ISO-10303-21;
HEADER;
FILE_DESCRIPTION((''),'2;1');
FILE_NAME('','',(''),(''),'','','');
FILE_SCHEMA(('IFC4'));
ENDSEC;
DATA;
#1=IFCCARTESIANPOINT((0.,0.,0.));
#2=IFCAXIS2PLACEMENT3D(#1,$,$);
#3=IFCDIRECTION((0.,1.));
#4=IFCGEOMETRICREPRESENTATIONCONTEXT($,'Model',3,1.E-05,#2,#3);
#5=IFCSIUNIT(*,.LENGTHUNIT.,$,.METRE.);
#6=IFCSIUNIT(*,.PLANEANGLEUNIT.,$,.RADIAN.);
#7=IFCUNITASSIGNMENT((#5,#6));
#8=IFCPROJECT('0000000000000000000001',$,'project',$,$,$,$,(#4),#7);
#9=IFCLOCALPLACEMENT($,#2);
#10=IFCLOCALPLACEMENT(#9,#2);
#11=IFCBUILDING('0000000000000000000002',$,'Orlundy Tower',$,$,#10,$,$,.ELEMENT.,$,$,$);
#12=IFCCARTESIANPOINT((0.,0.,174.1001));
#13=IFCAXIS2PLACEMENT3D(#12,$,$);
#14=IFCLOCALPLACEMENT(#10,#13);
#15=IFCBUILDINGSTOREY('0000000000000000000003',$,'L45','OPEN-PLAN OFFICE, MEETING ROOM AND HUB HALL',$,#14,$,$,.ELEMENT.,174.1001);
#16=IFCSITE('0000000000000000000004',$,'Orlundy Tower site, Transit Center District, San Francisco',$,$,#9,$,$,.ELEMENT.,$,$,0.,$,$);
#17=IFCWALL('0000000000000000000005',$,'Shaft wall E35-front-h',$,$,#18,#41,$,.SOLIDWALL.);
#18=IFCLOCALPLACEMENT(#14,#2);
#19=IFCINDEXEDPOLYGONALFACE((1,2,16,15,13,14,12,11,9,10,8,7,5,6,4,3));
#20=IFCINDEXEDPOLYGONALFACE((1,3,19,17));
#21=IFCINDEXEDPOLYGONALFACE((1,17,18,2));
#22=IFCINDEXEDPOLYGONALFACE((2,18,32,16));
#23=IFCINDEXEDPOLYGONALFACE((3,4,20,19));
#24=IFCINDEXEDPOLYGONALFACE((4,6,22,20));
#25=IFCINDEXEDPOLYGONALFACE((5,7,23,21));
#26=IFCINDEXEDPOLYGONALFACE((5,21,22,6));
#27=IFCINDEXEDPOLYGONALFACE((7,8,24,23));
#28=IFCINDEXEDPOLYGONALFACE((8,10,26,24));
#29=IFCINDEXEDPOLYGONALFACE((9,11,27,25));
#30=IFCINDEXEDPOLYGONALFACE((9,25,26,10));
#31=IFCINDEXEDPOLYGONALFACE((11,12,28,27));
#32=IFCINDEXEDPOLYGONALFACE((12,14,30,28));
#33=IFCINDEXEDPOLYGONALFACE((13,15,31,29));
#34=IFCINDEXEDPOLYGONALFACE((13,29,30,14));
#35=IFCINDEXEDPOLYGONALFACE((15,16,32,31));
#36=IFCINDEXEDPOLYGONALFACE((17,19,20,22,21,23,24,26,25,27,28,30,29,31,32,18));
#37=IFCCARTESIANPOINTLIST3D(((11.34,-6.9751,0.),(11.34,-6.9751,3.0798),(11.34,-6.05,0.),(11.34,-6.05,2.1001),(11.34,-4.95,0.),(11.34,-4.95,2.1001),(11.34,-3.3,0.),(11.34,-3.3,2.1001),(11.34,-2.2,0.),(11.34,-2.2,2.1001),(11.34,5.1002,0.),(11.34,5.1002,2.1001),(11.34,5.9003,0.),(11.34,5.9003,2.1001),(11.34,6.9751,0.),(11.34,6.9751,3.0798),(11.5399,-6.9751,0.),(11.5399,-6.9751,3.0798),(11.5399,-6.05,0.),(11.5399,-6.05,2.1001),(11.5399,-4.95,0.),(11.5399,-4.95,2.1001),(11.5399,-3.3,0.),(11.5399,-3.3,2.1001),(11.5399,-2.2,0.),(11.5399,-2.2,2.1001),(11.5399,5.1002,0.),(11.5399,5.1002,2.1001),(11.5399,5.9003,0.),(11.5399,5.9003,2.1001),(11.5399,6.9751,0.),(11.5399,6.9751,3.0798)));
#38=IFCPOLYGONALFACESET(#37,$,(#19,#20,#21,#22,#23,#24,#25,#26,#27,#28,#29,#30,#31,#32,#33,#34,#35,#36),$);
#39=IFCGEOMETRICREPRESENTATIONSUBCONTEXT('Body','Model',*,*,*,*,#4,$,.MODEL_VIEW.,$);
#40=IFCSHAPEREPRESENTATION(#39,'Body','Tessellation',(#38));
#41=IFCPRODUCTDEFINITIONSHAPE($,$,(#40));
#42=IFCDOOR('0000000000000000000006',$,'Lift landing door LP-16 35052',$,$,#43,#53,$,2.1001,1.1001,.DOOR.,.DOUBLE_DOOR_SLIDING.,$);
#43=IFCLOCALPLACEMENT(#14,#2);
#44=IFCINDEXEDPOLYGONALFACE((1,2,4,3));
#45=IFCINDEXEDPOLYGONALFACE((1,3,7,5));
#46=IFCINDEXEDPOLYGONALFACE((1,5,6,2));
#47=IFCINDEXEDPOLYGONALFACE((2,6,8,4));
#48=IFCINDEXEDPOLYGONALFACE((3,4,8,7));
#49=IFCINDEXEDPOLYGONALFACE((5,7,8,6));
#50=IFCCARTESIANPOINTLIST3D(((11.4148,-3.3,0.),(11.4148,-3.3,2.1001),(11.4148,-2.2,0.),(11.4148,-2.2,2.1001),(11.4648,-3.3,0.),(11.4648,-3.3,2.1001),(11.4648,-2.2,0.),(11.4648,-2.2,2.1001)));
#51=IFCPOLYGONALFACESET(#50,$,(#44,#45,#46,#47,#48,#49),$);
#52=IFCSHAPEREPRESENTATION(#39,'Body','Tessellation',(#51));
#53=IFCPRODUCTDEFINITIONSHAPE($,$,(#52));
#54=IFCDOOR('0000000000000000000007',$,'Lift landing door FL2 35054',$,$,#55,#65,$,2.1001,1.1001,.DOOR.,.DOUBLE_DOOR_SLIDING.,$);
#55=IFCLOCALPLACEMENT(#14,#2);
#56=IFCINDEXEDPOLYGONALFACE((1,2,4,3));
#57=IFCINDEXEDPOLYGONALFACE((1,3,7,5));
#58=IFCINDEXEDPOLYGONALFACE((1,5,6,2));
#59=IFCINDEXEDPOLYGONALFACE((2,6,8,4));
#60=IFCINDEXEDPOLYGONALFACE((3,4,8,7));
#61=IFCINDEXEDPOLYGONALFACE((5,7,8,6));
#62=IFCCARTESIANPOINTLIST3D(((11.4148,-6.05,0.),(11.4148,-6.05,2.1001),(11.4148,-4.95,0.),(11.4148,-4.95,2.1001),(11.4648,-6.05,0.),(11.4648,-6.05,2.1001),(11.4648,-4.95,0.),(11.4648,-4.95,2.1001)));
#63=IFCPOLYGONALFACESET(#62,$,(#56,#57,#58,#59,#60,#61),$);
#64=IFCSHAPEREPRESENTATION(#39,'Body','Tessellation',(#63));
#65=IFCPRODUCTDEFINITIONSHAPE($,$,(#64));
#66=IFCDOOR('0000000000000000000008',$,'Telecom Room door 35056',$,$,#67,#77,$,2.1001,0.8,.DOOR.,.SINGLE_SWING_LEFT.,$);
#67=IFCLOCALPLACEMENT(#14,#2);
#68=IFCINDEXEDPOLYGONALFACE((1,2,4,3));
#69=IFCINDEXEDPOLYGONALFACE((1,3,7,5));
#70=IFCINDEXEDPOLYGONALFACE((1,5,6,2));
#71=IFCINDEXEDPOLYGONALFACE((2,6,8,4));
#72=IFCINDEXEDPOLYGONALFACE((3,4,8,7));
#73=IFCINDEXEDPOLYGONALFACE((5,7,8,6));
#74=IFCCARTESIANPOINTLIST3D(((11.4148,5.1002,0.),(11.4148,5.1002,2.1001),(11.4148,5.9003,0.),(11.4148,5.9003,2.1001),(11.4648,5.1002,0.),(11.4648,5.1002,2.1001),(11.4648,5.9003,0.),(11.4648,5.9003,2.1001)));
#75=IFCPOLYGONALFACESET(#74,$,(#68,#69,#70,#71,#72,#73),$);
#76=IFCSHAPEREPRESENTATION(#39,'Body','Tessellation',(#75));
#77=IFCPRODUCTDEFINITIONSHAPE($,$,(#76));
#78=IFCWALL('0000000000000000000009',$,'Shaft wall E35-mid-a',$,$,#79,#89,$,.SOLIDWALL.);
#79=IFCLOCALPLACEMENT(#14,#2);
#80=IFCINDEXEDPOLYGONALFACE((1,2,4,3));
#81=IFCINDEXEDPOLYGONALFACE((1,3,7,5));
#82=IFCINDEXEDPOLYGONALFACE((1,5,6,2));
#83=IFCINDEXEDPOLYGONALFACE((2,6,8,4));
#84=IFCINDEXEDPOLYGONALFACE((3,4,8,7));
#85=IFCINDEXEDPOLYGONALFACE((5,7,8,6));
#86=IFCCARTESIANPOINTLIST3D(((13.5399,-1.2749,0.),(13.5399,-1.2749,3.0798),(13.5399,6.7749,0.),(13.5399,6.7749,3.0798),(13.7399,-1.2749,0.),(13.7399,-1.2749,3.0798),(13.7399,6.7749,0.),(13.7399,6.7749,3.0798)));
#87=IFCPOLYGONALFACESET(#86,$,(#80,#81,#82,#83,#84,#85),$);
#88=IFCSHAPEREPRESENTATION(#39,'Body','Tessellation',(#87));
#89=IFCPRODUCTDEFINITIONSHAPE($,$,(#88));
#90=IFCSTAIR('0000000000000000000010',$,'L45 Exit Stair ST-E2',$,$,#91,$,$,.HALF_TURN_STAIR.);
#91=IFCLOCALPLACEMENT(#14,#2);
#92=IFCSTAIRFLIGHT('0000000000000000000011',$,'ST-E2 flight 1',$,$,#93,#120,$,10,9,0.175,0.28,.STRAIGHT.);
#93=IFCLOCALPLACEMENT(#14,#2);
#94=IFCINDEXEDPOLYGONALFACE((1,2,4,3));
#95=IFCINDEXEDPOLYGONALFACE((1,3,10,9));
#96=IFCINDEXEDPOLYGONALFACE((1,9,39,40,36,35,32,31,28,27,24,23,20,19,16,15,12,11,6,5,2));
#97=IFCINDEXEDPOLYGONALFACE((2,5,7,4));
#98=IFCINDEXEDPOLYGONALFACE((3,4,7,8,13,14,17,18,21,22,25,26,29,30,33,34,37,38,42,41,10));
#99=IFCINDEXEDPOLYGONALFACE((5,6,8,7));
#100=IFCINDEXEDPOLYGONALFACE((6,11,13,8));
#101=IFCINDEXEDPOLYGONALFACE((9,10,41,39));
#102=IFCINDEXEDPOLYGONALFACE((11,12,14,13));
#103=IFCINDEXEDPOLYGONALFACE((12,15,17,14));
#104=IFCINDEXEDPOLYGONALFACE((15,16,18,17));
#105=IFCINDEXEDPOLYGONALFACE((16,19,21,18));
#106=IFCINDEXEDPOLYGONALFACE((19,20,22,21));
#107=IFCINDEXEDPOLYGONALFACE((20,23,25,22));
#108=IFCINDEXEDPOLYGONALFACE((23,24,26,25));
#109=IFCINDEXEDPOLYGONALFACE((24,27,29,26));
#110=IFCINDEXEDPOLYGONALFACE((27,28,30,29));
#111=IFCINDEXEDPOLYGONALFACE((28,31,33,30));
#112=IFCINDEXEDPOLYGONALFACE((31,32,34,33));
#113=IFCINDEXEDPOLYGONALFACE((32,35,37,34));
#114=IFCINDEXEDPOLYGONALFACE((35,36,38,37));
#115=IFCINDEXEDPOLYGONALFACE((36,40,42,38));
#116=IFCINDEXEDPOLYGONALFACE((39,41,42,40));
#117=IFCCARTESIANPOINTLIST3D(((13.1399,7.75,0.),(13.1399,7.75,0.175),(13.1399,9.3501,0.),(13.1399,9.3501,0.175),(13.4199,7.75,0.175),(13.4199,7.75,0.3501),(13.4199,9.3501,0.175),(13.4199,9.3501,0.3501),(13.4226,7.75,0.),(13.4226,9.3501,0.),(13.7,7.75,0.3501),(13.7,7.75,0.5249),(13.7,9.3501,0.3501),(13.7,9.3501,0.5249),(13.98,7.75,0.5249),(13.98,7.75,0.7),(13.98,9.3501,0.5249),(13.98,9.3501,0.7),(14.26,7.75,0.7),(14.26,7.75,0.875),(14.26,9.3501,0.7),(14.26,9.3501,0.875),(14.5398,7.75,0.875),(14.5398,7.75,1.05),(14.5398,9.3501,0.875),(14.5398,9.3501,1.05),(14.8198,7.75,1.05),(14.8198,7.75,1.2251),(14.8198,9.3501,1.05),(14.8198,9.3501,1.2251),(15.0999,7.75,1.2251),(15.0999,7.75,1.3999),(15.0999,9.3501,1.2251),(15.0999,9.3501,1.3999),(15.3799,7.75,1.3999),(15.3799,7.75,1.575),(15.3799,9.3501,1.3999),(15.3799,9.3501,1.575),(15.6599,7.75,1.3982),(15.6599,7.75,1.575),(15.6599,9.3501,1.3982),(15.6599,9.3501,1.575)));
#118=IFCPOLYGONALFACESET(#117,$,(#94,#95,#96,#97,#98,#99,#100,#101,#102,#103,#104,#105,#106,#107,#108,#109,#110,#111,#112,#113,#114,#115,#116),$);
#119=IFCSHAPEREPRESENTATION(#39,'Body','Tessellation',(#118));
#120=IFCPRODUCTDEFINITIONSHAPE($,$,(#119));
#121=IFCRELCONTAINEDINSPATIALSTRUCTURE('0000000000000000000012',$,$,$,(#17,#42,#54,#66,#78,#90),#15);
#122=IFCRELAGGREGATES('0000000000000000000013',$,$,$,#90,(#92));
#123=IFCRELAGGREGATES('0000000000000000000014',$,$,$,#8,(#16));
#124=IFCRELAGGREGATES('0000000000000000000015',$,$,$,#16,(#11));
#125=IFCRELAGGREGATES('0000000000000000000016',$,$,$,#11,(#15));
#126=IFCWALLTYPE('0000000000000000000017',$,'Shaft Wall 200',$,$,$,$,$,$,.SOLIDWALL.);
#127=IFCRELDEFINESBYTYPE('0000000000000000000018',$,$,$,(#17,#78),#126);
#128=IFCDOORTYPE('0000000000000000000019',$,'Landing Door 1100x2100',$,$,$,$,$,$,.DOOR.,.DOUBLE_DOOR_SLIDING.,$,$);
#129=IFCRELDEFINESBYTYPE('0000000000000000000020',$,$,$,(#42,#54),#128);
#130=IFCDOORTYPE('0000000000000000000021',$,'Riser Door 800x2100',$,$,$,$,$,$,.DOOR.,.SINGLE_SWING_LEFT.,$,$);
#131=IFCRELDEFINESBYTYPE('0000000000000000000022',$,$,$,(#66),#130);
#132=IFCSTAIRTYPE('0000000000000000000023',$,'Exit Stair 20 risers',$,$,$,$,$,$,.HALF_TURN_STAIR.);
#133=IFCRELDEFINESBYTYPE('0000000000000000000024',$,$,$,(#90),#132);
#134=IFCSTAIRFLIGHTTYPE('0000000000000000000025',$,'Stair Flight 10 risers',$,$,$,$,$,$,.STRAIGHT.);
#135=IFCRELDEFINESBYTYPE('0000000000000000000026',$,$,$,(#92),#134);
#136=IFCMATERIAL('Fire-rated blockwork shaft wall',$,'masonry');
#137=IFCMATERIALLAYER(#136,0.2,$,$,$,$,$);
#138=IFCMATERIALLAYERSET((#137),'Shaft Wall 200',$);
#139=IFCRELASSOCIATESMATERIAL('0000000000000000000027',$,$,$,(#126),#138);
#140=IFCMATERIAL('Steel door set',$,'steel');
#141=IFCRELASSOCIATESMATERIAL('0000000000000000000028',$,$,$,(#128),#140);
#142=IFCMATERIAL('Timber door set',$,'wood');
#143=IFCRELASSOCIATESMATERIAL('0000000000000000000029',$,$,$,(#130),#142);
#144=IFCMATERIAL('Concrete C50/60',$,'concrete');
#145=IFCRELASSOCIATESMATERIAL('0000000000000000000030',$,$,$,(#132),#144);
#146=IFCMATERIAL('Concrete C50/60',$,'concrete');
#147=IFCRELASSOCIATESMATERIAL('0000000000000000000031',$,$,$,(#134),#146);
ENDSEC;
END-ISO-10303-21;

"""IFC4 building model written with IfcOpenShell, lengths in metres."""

from ifc_helpers import new_model, si_unit, direction, frame, frame_2d, origin, place, context, subcontext, project, spatial, polyline, rectangle, outline, extrude, material, layer, layer_set, type_object, element, fill, aggregate, save


model = new_model("IFC4")

# Units and contexts
model_context = context("Model", 3, precision=1e-05, world=origin(), true_north=direction((0.0, 1.0)))
body_context = subcontext(model_context, "Body", "Model", "MODEL_VIEW")
ifc_project = project(units=[si_unit("LENGTHUNIT", "METRE"), si_unit("PLANEANGLEUNIT", "RADIAN")], contexts=[model_context])

# Site, building, storey
site_placement = place(None, origin())
site = spatial("IfcSite", under=ifc_project, at=site_placement, Name="Orlundy Tower site, Transit Center District, San Francisco", CompositionType="ELEMENT", RefElevation=0.0)
building_placement = place(site_placement, origin())
building = spatial("IfcBuilding", under=site, at=building_placement, Name="Orlundy Tower", CompositionType="ELEMENT")
storey_placement = place(building_placement, frame((0.0, 0.0, 174.1001)))
storey = spatial("IfcBuildingStorey", under=building, at=storey_placement, Name="L45", Description="OPEN-PLAN OFFICE, MEETING ROOM AND HUB HALL", CompositionType="ELEMENT", Elevation=174.1001)

# Shared definitions
ifc_material_1 = material(Name="Fire-rated blockwork shaft wall", Category="masonry")
ifc_layer_1 = layer(ifc_material_1, 0.2)
ifc_layer_set_1 = layer_set([ifc_layer_1], Name="Shaft Wall 200")
wall_type_1 = type_object("IfcWallType", Name="Shaft Wall 200", PredefinedType="SOLIDWALL", material=ifc_layer_set_1)

# Wall, openings, doors
wall_1_placement = place(storey_placement, frame((11.4399, 6.9751, 0.0), z_axis=(0.0, 0.0, 1.0), x_axis=(0.0, -1.0, 0.0)))
wall_1 = element("IfcWall", 1, at=wall_1_placement, inside=storey, type_object=wall_type_1, Name="Shaft wall E35-front-h", PredefinedType="SOLIDWALL", context=body_context, shape_type="SweptSolid", body=[
    extrude(rectangle(XDim=13.9502, YDim=0.2, at=frame_2d((6.9751, 0.0))), origin(), (0.0, 0.0, 1.0), 3.0798),
])
opening_1_placement = place(wall_1_placement, frame((9.175, 0.0, 0.0)))
opening_1 = element("IfcOpeningElement", 2, at=opening_1_placement, cuts=wall_1, PredefinedType="OPENING", context=body_context, shape_type="SweptSolid", body=[
    extrude(rectangle(XDim=1.1001, YDim=2.1001, at=frame_2d((0.55, 1.05))), frame((0.0, 0.1101, 0.0), z_axis=(0.0, -1.0, 0.0), x_axis=(1.0, 0.0, 0.0)), (0.0, 0.0, 1.0), 0.2202),
])
opening_2_placement = place(wall_1_placement, frame((11.925, 0.0, 0.0)))
opening_2 = element("IfcOpeningElement", 3, at=opening_2_placement, cuts=wall_1, PredefinedType="OPENING", context=body_context, shape_type="SweptSolid", body=[
    extrude(rectangle(XDim=1.1001, YDim=2.1001, at=frame_2d((0.55, 1.05))), frame((0.0, 0.1101, 0.0), z_axis=(0.0, -1.0, 0.0), x_axis=(1.0, 0.0, 0.0)), (0.0, 0.0, 1.0), 0.2202),
])
opening_3_placement = place(wall_1_placement, frame((1.075, 0.0, 0.0)))
opening_3 = element("IfcOpeningElement", 4, at=opening_3_placement, cuts=wall_1, PredefinedType="OPENING", context=body_context, shape_type="SweptSolid", body=[
    extrude(rectangle(XDim=0.8, YDim=2.1001, at=frame_2d((0.3999, 1.05))), frame((0.0, 0.1101, 0.0), z_axis=(0.0, -1.0, 0.0), x_axis=(1.0, 0.0, 0.0)), (0.0, 0.0, 1.0), 0.2202),
])
ifc_material_2 = material(Name="Steel door set", Category="steel")
door_type_1 = type_object("IfcDoorType", Name="Landing Door 1100x2100", OperationType="DOUBLE_DOOR_SLIDING", PredefinedType="DOOR", material=ifc_material_2)
door_1_placement = place(opening_1_placement, origin())
door_1 = element("IfcDoor", 5, at=door_1_placement, inside=storey, type_object=door_type_1, Name="Lift landing door LP-16 35052", OperationType="DOUBLE_DOOR_SLIDING", OverallHeight=2.1001, OverallWidth=1.1001, PredefinedType="DOOR", context=body_context, shape_type="SweptSolid", body=[
    extrude(rectangle(XDim=1.1001, YDim=2.1001, at=frame_2d((0.55, 1.05))), frame((0.0, 0.0249, 0.0), z_axis=(0.0, -1.0, 0.0), x_axis=(1.0, 0.0, 0.0)), (0.0, 0.0, 1.0), 0.05),
])
fill(opening_1, door_1)
door_2_placement = place(opening_2_placement, origin())
door_2 = element("IfcDoor", 6, at=door_2_placement, inside=storey, type_object=door_type_1, Name="Lift landing door FL2 35054", OperationType="DOUBLE_DOOR_SLIDING", OverallHeight=2.1001, OverallWidth=1.1001, PredefinedType="DOOR", context=body_context, shape_type="SweptSolid", body=[
    extrude(rectangle(XDim=1.1001, YDim=2.1001, at=frame_2d((0.55, 1.05))), frame((0.0, 0.0249, 0.0), z_axis=(0.0, -1.0, 0.0), x_axis=(1.0, 0.0, 0.0)), (0.0, 0.0, 1.0), 0.05),
])
fill(opening_2, door_2)
ifc_material_3 = material(Name="Timber door set", Category="wood")
door_type_2 = type_object("IfcDoorType", Name="Riser Door 800x2100", OperationType="SINGLE_SWING_LEFT", PredefinedType="DOOR", material=ifc_material_3)
door_3_placement = place(opening_3_placement, origin())
door_3 = element("IfcDoor", 7, at=door_3_placement, inside=storey, type_object=door_type_2, Name="Telecom Room door 35056", OperationType="SINGLE_SWING_LEFT", OverallHeight=2.1001, OverallWidth=0.8, PredefinedType="DOOR", context=body_context, shape_type="SweptSolid", body=[
    extrude(rectangle(XDim=0.8, YDim=2.1001, at=frame_2d((0.3999, 1.05))), frame((0.0, 0.0249, 0.0), z_axis=(0.0, -1.0, 0.0), x_axis=(1.0, 0.0, 0.0)), (0.0, 0.0, 1.0), 0.05),
])
fill(opening_3, door_3)

# Wall
wall_2_placement = place(storey_placement, frame((13.6399, 6.7749, 0.0), z_axis=(0.0, 0.0, 1.0), x_axis=(0.0, -1.0, 0.0)))
element("IfcWall", 8, at=wall_2_placement, inside=storey, type_object=wall_type_1, Name="Shaft wall E35-mid-a", PredefinedType="SOLIDWALL", context=body_context, shape_type="SweptSolid", body=[
    extrude(rectangle(XDim=8.0498, YDim=0.2, at=frame_2d((4.0249, 0.0))), origin(), (0.0, 0.0, 1.0), 3.0798),
])

# Stair, stair flight
ifc_material_4 = material(Name="Concrete C50/60", Category="concrete")
stair_type = type_object("IfcStairType", Name="Exit Stair 20 risers", PredefinedType="HALF_TURN_STAIR", material=ifc_material_4)
stair_placement = place(storey_placement, origin())
stair = element("IfcStair", 9, at=stair_placement, inside=storey, type_object=stair_type, Name="L45 Exit Stair ST-E2", PredefinedType="HALF_TURN_STAIR")
ifc_material_5 = material(Name="Concrete C50/60", Category="concrete")
stair_flight_type = type_object("IfcStairFlightType", Name="Stair Flight 10 risers", PredefinedType="STRAIGHT", material=ifc_material_5)
stair_flight_placement = place(storey_placement, frame((13.1399, 8.55, 0.0), z_axis=(0.0, 0.0, 1.0), x_axis=(1.0, 0.0, 0.0)))
stair_flight = element("IfcStairFlight", 10, at=stair_flight_placement, type_object=stair_flight_type, Name="ST-E2 flight 1", NumberOfRisers=10, NumberOfTreads=9, PredefinedType="STRAIGHT", RiserHeight=0.175, TreadLength=0.28, context=body_context, shape_type="SweptSolid", body=[
    extrude(outline(polyline([(0.0, 0.0), (0.0, 0.175), (0.28, 0.175), (0.28, 0.3501), (0.5601, 0.3501), (0.5601, 0.5249), (0.8401, 0.5249), (0.8401, 0.7), (1.1201, 0.7), (1.1201, 0.875), (1.3999, 0.875), (1.3999, 1.05), (1.6799, 1.05), (1.6799, 1.2251), (1.96, 1.2251), (1.96, 1.3999), (2.24, 1.3999), (2.24, 1.575), (2.52, 1.575), (2.52, 1.75), (2.52, 1.3982), (0.2827, 0.0), (0.0, 0.0)])), frame((0.0, 0.8, 0.0), z_axis=(0.0, -1.0, 0.0), x_axis=(1.0, 0.0, 0.0)), (0.0, 0.0, 1.0), 1.6001),
])
aggregate(stair, [stair_flight])

save(model, "model.ifc")
